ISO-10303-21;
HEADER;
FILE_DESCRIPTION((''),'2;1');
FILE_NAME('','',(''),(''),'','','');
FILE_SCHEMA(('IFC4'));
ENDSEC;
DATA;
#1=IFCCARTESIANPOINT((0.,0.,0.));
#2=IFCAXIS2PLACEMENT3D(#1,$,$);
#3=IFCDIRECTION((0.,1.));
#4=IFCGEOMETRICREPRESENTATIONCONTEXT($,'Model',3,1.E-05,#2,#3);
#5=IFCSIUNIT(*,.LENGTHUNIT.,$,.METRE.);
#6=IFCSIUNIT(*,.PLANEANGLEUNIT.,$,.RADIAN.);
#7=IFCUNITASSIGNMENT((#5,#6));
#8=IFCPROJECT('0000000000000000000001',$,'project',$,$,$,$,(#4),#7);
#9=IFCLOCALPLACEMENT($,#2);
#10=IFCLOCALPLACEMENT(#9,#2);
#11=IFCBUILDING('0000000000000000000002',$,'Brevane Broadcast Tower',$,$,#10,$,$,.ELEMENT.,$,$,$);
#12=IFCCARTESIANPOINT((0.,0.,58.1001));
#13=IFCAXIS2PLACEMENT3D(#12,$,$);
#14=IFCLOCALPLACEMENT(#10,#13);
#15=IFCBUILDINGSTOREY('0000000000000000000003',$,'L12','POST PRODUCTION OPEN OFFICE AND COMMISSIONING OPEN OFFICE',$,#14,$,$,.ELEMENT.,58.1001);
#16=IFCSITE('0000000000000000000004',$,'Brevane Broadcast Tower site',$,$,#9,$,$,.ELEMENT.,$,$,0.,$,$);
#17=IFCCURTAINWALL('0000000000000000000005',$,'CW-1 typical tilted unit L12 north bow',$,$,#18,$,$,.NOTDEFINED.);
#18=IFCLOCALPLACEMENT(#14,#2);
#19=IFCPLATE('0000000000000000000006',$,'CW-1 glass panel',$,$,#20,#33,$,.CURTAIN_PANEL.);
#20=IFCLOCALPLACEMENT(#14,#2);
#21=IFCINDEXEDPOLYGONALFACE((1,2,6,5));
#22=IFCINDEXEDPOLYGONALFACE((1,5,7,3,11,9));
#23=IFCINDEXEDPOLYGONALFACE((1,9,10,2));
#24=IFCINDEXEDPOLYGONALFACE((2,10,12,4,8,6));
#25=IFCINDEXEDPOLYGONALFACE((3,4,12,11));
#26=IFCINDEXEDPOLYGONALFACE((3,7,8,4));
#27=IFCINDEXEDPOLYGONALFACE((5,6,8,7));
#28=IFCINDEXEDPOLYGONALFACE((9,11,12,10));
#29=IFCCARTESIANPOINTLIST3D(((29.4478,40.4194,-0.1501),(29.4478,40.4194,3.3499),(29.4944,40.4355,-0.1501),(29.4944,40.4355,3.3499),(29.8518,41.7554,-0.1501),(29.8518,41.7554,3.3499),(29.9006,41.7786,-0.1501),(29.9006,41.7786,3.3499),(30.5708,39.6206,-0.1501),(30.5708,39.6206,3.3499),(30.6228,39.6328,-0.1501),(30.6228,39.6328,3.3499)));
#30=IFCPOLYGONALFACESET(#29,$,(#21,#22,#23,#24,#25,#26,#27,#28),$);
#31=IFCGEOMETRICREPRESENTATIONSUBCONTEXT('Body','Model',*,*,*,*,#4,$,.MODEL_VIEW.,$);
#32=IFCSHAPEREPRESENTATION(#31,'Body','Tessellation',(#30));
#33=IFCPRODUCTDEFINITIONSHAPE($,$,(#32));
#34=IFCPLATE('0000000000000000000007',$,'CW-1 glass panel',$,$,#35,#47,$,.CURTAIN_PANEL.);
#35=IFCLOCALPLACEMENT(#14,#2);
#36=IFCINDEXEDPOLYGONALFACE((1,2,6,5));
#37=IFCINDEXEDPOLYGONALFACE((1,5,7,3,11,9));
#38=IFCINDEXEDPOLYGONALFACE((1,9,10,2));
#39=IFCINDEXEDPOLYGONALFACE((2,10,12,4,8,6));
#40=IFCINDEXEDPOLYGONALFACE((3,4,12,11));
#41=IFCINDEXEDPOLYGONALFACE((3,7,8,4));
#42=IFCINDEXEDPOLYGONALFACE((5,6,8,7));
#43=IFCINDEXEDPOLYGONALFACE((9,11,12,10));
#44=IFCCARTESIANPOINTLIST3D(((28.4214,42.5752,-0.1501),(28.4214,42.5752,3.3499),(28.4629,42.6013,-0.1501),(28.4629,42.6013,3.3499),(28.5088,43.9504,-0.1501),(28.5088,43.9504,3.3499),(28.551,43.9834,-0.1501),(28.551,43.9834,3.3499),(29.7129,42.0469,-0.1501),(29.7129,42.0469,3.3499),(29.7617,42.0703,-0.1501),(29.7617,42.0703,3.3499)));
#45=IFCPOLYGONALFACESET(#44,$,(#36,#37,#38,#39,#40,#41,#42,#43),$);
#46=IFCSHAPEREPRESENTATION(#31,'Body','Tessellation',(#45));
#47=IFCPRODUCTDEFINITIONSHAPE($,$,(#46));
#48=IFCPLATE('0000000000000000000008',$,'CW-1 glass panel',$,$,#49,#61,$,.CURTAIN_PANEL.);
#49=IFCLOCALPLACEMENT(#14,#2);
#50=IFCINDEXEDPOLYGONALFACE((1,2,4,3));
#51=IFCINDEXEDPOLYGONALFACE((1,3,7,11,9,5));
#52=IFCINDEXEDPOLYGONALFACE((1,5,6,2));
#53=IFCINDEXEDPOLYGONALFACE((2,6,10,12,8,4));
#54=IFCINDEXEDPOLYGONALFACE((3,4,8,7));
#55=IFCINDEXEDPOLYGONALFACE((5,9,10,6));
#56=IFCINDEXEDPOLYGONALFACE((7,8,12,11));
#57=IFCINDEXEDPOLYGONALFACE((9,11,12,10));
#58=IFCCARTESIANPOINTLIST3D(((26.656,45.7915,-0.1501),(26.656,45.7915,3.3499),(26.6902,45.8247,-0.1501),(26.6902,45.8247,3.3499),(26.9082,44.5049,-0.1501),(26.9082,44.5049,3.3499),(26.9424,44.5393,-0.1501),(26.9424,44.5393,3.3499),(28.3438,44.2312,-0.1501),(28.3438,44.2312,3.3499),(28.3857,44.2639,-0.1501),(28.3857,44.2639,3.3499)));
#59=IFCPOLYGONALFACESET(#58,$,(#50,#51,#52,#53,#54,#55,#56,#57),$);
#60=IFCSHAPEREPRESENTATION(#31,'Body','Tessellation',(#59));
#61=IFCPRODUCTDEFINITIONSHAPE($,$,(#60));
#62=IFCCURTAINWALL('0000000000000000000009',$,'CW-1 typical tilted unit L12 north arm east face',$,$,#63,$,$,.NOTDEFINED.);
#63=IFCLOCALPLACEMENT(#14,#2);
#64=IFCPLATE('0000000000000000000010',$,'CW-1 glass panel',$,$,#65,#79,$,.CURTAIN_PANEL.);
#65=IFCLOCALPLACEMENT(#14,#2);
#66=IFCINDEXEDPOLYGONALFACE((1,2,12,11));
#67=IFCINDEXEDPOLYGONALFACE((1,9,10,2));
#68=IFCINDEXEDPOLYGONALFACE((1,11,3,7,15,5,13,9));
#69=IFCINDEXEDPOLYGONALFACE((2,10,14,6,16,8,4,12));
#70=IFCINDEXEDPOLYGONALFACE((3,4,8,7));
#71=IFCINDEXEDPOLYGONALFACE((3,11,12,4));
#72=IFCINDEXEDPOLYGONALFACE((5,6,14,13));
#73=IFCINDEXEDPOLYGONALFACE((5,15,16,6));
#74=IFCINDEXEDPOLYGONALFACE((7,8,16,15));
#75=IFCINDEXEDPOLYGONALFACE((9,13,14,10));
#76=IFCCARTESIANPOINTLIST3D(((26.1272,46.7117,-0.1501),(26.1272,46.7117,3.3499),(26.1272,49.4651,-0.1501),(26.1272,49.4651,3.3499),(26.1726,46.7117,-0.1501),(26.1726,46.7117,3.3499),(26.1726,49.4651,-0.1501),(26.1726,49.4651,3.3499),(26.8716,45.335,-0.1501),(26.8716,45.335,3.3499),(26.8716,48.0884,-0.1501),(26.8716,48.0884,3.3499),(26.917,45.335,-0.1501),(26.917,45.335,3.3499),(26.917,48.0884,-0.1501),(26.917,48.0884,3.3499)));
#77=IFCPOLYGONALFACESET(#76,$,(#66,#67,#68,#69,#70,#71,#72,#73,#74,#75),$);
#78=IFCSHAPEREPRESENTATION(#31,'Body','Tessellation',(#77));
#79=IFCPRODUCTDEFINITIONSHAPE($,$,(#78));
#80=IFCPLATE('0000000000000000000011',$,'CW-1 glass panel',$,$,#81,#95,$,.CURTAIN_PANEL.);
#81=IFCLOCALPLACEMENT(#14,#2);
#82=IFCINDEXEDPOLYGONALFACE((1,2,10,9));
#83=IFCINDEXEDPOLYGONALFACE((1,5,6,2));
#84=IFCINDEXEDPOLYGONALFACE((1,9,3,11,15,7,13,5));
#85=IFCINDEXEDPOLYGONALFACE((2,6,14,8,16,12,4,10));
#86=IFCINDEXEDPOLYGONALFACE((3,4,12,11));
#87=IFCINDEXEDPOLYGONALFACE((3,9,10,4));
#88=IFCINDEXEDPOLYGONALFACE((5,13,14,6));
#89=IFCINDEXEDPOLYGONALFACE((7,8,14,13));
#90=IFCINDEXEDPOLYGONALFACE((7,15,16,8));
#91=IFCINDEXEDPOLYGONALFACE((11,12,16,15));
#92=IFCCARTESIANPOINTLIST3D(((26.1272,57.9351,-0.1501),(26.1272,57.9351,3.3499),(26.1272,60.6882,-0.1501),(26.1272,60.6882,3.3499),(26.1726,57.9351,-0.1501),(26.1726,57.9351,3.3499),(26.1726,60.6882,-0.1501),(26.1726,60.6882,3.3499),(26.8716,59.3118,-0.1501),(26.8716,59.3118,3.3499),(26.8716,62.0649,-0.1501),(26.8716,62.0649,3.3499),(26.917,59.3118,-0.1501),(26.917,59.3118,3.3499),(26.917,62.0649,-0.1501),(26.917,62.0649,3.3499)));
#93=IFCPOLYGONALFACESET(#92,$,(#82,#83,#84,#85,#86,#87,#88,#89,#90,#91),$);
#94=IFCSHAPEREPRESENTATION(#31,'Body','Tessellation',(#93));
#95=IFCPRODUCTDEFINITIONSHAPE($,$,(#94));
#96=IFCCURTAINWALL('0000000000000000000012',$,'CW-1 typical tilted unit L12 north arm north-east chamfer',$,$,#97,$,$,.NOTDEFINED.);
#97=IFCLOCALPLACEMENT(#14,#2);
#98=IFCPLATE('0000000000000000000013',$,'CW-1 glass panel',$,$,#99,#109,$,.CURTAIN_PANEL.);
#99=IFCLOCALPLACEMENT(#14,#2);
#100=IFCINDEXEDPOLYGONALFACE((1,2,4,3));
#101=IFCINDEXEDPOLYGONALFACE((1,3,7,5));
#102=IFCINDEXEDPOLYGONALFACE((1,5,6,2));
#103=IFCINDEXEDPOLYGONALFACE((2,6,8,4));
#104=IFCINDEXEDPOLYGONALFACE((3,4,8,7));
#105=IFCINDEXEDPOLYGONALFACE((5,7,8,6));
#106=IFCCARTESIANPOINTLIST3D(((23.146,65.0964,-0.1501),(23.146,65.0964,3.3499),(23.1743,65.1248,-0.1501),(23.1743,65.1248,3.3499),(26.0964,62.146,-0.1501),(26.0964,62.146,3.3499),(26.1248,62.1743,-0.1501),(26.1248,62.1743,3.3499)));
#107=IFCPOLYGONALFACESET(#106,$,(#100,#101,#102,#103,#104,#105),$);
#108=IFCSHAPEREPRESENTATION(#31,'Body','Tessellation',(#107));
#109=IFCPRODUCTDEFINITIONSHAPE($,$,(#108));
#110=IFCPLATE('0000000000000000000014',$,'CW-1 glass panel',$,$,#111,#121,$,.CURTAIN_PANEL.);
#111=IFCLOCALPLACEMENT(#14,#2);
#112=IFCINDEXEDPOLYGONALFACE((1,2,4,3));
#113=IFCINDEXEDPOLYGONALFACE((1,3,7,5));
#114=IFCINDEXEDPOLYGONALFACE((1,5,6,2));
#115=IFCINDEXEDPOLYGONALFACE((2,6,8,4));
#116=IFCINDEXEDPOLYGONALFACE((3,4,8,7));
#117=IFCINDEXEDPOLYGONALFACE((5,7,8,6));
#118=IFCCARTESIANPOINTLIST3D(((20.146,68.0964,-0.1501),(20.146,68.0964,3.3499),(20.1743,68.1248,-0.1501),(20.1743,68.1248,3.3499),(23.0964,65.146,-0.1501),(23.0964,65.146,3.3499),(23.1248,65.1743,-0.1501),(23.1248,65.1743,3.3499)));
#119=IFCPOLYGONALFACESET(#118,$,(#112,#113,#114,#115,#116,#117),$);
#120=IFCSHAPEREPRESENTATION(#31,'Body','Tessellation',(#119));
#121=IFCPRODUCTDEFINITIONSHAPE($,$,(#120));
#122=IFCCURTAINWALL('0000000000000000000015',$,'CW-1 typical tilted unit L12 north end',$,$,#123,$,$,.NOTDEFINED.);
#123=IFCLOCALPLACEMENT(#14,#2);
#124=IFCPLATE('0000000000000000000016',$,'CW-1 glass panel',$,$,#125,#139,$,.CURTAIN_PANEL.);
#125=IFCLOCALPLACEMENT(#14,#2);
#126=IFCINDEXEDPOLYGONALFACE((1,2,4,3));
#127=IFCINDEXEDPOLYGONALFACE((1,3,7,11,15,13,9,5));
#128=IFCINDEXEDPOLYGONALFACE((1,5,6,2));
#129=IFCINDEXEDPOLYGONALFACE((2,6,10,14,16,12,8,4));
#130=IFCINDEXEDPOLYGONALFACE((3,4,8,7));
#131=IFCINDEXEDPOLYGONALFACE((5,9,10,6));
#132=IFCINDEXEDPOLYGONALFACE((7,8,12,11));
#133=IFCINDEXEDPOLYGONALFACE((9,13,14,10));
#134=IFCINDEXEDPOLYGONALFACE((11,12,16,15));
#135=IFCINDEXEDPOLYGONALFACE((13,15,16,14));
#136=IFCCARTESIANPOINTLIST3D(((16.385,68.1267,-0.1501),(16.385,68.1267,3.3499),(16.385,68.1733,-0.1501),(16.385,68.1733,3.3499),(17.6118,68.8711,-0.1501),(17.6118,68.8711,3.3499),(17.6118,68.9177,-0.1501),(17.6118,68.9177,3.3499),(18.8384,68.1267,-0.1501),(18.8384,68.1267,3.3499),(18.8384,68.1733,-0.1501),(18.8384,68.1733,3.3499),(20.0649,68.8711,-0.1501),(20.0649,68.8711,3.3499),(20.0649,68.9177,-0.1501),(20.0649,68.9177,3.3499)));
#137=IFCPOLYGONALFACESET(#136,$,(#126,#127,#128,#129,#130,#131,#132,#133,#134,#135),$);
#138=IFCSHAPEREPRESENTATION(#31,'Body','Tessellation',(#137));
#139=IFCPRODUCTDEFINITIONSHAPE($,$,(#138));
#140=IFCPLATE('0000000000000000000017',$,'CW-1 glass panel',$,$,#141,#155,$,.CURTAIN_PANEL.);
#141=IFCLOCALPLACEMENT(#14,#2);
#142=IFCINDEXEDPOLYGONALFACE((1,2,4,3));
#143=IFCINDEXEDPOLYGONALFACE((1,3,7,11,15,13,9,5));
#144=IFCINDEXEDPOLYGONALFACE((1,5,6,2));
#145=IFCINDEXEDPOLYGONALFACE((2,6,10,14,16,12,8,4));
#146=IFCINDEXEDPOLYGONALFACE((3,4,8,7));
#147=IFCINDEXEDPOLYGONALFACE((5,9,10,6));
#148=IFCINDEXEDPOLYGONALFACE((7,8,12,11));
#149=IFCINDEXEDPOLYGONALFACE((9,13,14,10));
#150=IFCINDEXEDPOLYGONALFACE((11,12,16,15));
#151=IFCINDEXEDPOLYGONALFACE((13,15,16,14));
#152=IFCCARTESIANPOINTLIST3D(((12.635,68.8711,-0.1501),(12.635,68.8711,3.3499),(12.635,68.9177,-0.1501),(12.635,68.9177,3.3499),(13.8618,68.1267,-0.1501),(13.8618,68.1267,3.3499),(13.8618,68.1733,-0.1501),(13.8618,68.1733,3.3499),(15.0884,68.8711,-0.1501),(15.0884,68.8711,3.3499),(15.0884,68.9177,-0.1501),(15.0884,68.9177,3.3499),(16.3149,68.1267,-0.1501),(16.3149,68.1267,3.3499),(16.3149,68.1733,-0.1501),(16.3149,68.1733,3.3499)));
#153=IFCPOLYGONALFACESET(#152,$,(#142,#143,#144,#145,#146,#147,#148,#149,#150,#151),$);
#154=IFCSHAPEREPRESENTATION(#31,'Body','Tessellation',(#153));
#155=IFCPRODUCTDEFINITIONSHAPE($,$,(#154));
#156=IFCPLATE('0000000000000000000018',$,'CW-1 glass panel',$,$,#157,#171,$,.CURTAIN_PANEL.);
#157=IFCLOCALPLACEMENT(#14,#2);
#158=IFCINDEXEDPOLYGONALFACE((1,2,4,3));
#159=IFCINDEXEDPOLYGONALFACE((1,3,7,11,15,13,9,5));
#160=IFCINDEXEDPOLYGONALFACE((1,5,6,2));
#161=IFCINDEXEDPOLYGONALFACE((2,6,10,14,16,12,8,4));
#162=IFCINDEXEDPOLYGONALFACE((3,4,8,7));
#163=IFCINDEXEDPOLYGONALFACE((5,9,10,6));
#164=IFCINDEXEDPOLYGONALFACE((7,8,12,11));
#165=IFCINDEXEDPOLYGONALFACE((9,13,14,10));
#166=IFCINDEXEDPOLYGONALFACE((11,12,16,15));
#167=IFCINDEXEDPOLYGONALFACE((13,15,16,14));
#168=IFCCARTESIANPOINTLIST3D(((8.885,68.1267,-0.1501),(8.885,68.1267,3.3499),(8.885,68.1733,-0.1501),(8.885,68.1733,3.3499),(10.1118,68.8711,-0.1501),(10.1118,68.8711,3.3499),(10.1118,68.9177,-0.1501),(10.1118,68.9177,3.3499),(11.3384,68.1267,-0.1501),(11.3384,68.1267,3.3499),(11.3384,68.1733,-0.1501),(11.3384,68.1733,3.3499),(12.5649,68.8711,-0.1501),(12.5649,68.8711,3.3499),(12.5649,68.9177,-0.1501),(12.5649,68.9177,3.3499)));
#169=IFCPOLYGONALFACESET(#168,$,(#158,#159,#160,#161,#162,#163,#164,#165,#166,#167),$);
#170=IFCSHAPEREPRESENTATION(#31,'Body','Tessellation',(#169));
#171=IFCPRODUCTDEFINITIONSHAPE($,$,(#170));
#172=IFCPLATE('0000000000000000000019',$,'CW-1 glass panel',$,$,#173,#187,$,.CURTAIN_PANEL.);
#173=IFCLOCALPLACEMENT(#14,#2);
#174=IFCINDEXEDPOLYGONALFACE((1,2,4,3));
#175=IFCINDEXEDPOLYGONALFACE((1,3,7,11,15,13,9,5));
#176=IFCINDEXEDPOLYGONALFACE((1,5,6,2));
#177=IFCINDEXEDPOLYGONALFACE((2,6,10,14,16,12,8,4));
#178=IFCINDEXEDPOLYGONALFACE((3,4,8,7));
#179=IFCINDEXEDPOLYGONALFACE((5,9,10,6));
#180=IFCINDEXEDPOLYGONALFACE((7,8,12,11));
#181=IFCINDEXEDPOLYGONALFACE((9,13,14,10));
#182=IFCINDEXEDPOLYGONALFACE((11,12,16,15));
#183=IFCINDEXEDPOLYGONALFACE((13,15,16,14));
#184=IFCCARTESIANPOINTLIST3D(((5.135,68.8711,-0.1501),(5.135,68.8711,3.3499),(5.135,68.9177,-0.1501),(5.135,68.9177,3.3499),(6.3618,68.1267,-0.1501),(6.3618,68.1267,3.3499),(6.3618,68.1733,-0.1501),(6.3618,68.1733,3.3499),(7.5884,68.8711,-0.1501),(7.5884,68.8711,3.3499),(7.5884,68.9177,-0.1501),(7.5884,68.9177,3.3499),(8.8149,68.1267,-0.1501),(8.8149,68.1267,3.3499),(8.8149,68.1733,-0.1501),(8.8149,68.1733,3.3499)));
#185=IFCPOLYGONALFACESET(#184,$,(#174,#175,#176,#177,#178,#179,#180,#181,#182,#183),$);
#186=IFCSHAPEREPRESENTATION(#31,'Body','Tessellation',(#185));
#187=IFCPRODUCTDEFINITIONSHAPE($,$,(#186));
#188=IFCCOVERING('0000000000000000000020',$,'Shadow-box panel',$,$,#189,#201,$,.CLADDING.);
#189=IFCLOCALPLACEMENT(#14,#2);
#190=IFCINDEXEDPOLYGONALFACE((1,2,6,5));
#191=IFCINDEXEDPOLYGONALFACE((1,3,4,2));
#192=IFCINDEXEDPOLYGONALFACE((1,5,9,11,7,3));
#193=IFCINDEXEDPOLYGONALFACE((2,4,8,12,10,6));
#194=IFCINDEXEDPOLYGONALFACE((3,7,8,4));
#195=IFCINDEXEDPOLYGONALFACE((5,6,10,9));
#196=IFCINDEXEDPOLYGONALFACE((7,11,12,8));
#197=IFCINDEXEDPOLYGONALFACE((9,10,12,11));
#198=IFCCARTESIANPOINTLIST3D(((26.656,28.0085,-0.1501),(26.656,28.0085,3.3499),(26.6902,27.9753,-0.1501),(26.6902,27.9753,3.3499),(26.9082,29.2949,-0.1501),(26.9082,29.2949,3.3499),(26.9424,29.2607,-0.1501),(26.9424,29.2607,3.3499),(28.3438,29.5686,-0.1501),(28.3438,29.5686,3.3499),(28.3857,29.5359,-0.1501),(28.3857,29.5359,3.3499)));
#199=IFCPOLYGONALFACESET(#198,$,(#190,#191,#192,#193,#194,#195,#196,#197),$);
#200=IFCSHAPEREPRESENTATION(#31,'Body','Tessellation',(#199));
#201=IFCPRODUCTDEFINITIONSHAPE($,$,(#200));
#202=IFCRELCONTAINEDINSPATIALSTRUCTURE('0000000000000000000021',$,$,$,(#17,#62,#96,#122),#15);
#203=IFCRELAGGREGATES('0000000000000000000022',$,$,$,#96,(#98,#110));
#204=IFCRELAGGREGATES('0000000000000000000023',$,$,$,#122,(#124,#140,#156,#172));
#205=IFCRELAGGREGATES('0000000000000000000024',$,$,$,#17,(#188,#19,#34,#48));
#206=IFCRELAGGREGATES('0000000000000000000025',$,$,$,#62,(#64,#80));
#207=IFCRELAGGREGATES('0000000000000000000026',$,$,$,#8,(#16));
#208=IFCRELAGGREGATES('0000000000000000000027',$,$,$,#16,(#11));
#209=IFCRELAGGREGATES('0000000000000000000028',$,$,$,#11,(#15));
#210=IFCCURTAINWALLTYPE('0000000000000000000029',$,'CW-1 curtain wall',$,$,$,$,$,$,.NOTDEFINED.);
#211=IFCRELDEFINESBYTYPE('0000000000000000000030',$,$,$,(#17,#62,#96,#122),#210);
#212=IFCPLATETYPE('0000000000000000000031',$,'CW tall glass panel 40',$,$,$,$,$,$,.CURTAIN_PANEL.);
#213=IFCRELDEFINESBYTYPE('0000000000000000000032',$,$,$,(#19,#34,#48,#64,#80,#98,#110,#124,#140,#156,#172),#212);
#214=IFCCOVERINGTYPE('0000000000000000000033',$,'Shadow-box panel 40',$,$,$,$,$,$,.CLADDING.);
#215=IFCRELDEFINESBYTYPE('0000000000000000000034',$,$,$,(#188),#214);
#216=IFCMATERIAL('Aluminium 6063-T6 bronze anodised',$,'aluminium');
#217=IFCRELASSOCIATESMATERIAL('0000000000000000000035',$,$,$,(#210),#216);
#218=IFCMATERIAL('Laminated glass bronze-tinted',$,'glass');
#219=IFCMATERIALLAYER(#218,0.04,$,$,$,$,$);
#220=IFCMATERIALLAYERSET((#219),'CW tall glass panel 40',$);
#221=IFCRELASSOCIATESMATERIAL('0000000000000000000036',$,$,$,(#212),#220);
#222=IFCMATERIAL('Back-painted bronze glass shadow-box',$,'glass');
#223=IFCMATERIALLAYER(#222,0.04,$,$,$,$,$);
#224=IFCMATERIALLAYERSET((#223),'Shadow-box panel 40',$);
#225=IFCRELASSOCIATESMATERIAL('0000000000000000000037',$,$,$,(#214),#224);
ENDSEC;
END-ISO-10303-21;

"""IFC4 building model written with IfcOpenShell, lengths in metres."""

from ifc_helpers import new_model, si_unit, direction, frame, origin, place, context, subcontext, project, spatial, polyline, outline, extrude, material, layer, layer_set, type_object, element, aggregate, save


model = new_model("IFC4")

# Units and contexts
model_context = context("Model", 3, precision=1e-05, world=origin(), true_north=direction((0.0, 1.0)))
body_context = subcontext(model_context, "Body", "Model", "MODEL_VIEW")
ifc_project = project(units=[si_unit("LENGTHUNIT", "METRE"), si_unit("PLANEANGLEUNIT", "RADIAN")], contexts=[model_context])

# Site, building, storey
site_placement = place(None, origin())
site = spatial("IfcSite", under=ifc_project, at=site_placement, Name="Brevane Broadcast Tower site", CompositionType="ELEMENT", RefElevation=0.0)
building_placement = place(site_placement, origin())
building = spatial("IfcBuilding", under=site, at=building_placement, Name="Brevane Broadcast Tower", CompositionType="ELEMENT")
storey_placement = place(building_placement, frame((0.0, 0.0, 58.1001)))
storey = spatial("IfcBuildingStorey", under=building, at=storey_placement, Name="L12", Description="POST PRODUCTION OPEN OFFICE AND COMMISSIONING OPEN OFFICE", CompositionType="ELEMENT", Elevation=58.1001)

# Shared definitions
ifc_material_1 = material(Name="Aluminium 6063-T6 bronze anodised", Category="aluminium")
curtain_wall_type = type_object("IfcCurtainWallType", Name="CW-1 curtain wall", PredefinedType="NOTDEFINED", material=ifc_material_1)

# Curtain walls, plates
ifc_material_2 = material(Name="Laminated glass bronze-tinted", Category="glass")
ifc_layer_1 = layer(ifc_material_2, 0.04)
ifc_layer_set_1 = layer_set([ifc_layer_1], Name="CW tall glass panel 40")
plate_type = type_object("IfcPlateType", Name="CW tall glass panel 40", PredefinedType="CURTAIN_PANEL", material=ifc_layer_set_1)
curtain_wall_1_placement = place(storey_placement, origin())
curtain_wall_1 = element("IfcCurtainWall", 1, at=curtain_wall_1_placement, inside=storey, type_object=curtain_wall_type, Name="CW-1 typical tilted unit L12 north bow", PredefinedType="NOTDEFINED")
plate_1_placement = place(storey_placement, frame((0.0, 0.0, -0.1501)))
plate_1 = element("IfcPlate", 2, at=plate_1_placement, type_object=plate_type, Name="CW-1 glass panel", PredefinedType="CURTAIN_PANEL", context=body_context, shape_type="SweptSolid", body=[
    extrude(outline(polyline([(30.5708, 39.6206), (30.6228, 39.6328), (29.4944, 40.4355), (29.9006, 41.7786), (29.8518, 41.7554), (29.4478, 40.4194), (30.5708, 39.6206)])), origin(), (0.0, 0.0, 1.0), 3.5),
])
plate_2_placement = place(storey_placement, frame((0.0, 0.0, -0.1501)))
plate_2 = element("IfcPlate", 3, at=plate_2_placement, type_object=plate_type, Name="CW-1 glass panel", PredefinedType="CURTAIN_PANEL", context=body_context, shape_type="SweptSolid", body=[
    extrude(outline(polyline([(29.7129, 42.0469), (29.7617, 42.0703), (28.4629, 42.6013), (28.551, 43.9834), (28.5088, 43.9504), (28.4214, 42.5752), (29.7129, 42.0469)])), origin(), (0.0, 0.0, 1.0), 3.5),
])
plate_3_placement = place(storey_placement, frame((0.0, 0.0, -0.1501)))
plate_3 = element("IfcPlate", 4, at=plate_3_placement, type_object=plate_type, Name="CW-1 glass panel", PredefinedType="CURTAIN_PANEL", context=body_context, shape_type="SweptSolid", body=[
    extrude(outline(polyline([(28.3438, 44.2312), (28.3857, 44.2639), (26.9424, 44.5393), (26.6902, 45.8247), (26.656, 45.7915), (26.9082, 44.5049), (28.3438, 44.2312)])), origin(), (0.0, 0.0, 1.0), 3.5),
])
curtain_wall_2_placement = place(storey_placement, origin())
curtain_wall_2 = element("IfcCurtainWall", 5, at=curtain_wall_2_placement, inside=storey, type_object=curtain_wall_type, Name="CW-1 typical tilted unit L12 north arm east face", PredefinedType="NOTDEFINED")
plate_4_placement = place(storey_placement, frame((0.0, 0.0, -0.1501)))
plate_4 = element("IfcPlate", 6, at=plate_4_placement, type_object=plate_type, Name="CW-1 glass panel", PredefinedType="CURTAIN_PANEL", context=body_context, shape_type="SweptSolid", body=[
    extrude(outline(polyline([(26.8716, 45.335), (26.917, 45.335), (26.1726, 46.7117), (26.917, 48.0884), (26.1726, 49.4651), (26.1272, 49.4651), (26.8716, 48.0884), (26.1272, 46.7117), (26.8716, 45.335)])), origin(), (0.0, 0.0, 1.0), 3.5),
])
plate_5_placement = place(storey_placement, frame((0.0, 0.0, -0.1501)))
plate_5 = element("IfcPlate", 7, at=plate_5_placement, type_object=plate_type, Name="CW-1 glass panel", PredefinedType="CURTAIN_PANEL", context=body_context, shape_type="SweptSolid", body=[
    extrude(outline(polyline([(26.1272, 57.9351), (26.1726, 57.9351), (26.917, 59.3118), (26.1726, 60.6882), (26.917, 62.0649), (26.8716, 62.0649), (26.1272, 60.6882), (26.8716, 59.3118), (26.1272, 57.9351)])), origin(), (0.0, 0.0, 1.0), 3.5),
])
curtain_wall_3_placement = place(storey_placement, origin())
curtain_wall_3 = element("IfcCurtainWall", 8, at=curtain_wall_3_placement, inside=storey, type_object=curtain_wall_type, Name="CW-1 typical tilted unit L12 north arm north-east chamfer", PredefinedType="NOTDEFINED")
plate_6_placement = place(storey_placement, frame((0.0, 0.0, -0.1501)))
plate_6 = element("IfcPlate", 9, at=plate_6_placement, type_object=plate_type, Name="CW-1 glass panel", PredefinedType="CURTAIN_PANEL", context=body_context, shape_type="SweptSolid", body=[
    extrude(outline(polyline([(26.0964, 62.146), (23.146, 65.0964), (23.1743, 65.1248), (26.1248, 62.1743), (26.0964, 62.146)])), origin(), (0.0, 0.0, 1.0), 3.5),
])
plate_7_placement = place(storey_placement, frame((0.0, 0.0, -0.1501)))
plate_7 = element("IfcPlate", 10, at=plate_7_placement, type_object=plate_type, Name="CW-1 glass panel", PredefinedType="CURTAIN_PANEL", context=body_context, shape_type="SweptSolid", body=[
    extrude(outline(polyline([(23.0964, 65.146), (20.146, 68.0964), (20.1743, 68.1248), (23.1248, 65.1743), (23.0964, 65.146)])), origin(), (0.0, 0.0, 1.0), 3.5),
])
aggregate(curtain_wall_3, [plate_6, plate_7])
curtain_wall_4_placement = place(storey_placement, origin())
curtain_wall_4 = element("IfcCurtainWall", 11, at=curtain_wall_4_placement, inside=storey, type_object=curtain_wall_type, Name="CW-1 typical tilted unit L12 north end", PredefinedType="NOTDEFINED")
plate_8_placement = place(storey_placement, frame((0.0, 0.0, -0.1501)))
plate_8 = element("IfcPlate", 12, at=plate_8_placement, type_object=plate_type, Name="CW-1 glass panel", PredefinedType="CURTAIN_PANEL", context=body_context, shape_type="SweptSolid", body=[
    extrude(outline(polyline([(20.0649, 68.8711), (20.0649, 68.9177), (18.8384, 68.1733), (17.6118, 68.9177), (16.385, 68.1733), (16.385, 68.1267), (17.6118, 68.8711), (18.8384, 68.1267), (20.0649, 68.8711)])), origin(), (0.0, 0.0, 1.0), 3.5),
])
plate_9_placement = place(storey_placement, frame((0.0, 0.0, -0.1501)))
plate_9 = element("IfcPlate", 13, at=plate_9_placement, type_object=plate_type, Name="CW-1 glass panel", PredefinedType="CURTAIN_PANEL", context=body_context, shape_type="SweptSolid", body=[
    extrude(outline(polyline([(16.3149, 68.1267), (16.3149, 68.1733), (15.0884, 68.9177), (13.8618, 68.1733), (12.635, 68.9177), (12.635, 68.8711), (13.8618, 68.1267), (15.0884, 68.8711), (16.3149, 68.1267)])), origin(), (0.0, 0.0, 1.0), 3.5),
])
plate_10_placement = place(storey_placement, frame((0.0, 0.0, -0.1501)))
plate_10 = element("IfcPlate", 14, at=plate_10_placement, type_object=plate_type, Name="CW-1 glass panel", PredefinedType="CURTAIN_PANEL", context=body_context, shape_type="SweptSolid", body=[
    extrude(outline(polyline([(12.5649, 68.8711), (12.5649, 68.9177), (11.3384, 68.1733), (10.1118, 68.9177), (8.885, 68.1733), (8.885, 68.1267), (10.1118, 68.8711), (11.3384, 68.1267), (12.5649, 68.8711)])), origin(), (0.0, 0.0, 1.0), 3.5),
])
plate_11_placement = place(storey_placement, frame((0.0, 0.0, -0.1501)))
plate_11 = element("IfcPlate", 15, at=plate_11_placement, type_object=plate_type, Name="CW-1 glass panel", PredefinedType="CURTAIN_PANEL", context=body_context, shape_type="SweptSolid", body=[
    extrude(outline(polyline([(8.8149, 68.1267), (8.8149, 68.1733), (7.5884, 68.9177), (6.3618, 68.1733), (5.135, 68.9177), (5.135, 68.8711), (6.3618, 68.1267), (7.5884, 68.8711), (8.8149, 68.1267)])), origin(), (0.0, 0.0, 1.0), 3.5),
])
aggregate(curtain_wall_4, [plate_8, plate_9, plate_10, plate_11])

# Covering
ifc_material_3 = material(Name="Back-painted bronze glass shadow-box", Category="glass")
ifc_layer_2 = layer(ifc_material_3, 0.04)
ifc_layer_set_2 = layer_set([ifc_layer_2], Name="Shadow-box panel 40")
covering_type = type_object("IfcCoveringType", Name="Shadow-box panel 40", PredefinedType="CLADDING", material=ifc_layer_set_2)
covering_1_placement = place(storey_placement, frame((0.0, 0.0, -0.1501)))
covering_1 = element("IfcCovering", 16, at=covering_1_placement, type_object=covering_type, Name="Shadow-box panel", PredefinedType="CLADDING", context=body_context, shape_type="SweptSolid", body=[
    extrude(outline(polyline([(26.656, 28.0085), (26.6902, 27.9753), (26.9424, 29.2607), (28.3857, 29.5359), (28.3438, 29.5686), (26.9082, 29.2949), (26.656, 28.0085)])), origin(), (0.0, 0.0, 1.0), 3.5),
])
aggregate(curtain_wall_1, [covering_1, plate_1, plate_2, plate_3])
aggregate(curtain_wall_2, [plate_4, plate_5])

save(model, "model.ifc")
